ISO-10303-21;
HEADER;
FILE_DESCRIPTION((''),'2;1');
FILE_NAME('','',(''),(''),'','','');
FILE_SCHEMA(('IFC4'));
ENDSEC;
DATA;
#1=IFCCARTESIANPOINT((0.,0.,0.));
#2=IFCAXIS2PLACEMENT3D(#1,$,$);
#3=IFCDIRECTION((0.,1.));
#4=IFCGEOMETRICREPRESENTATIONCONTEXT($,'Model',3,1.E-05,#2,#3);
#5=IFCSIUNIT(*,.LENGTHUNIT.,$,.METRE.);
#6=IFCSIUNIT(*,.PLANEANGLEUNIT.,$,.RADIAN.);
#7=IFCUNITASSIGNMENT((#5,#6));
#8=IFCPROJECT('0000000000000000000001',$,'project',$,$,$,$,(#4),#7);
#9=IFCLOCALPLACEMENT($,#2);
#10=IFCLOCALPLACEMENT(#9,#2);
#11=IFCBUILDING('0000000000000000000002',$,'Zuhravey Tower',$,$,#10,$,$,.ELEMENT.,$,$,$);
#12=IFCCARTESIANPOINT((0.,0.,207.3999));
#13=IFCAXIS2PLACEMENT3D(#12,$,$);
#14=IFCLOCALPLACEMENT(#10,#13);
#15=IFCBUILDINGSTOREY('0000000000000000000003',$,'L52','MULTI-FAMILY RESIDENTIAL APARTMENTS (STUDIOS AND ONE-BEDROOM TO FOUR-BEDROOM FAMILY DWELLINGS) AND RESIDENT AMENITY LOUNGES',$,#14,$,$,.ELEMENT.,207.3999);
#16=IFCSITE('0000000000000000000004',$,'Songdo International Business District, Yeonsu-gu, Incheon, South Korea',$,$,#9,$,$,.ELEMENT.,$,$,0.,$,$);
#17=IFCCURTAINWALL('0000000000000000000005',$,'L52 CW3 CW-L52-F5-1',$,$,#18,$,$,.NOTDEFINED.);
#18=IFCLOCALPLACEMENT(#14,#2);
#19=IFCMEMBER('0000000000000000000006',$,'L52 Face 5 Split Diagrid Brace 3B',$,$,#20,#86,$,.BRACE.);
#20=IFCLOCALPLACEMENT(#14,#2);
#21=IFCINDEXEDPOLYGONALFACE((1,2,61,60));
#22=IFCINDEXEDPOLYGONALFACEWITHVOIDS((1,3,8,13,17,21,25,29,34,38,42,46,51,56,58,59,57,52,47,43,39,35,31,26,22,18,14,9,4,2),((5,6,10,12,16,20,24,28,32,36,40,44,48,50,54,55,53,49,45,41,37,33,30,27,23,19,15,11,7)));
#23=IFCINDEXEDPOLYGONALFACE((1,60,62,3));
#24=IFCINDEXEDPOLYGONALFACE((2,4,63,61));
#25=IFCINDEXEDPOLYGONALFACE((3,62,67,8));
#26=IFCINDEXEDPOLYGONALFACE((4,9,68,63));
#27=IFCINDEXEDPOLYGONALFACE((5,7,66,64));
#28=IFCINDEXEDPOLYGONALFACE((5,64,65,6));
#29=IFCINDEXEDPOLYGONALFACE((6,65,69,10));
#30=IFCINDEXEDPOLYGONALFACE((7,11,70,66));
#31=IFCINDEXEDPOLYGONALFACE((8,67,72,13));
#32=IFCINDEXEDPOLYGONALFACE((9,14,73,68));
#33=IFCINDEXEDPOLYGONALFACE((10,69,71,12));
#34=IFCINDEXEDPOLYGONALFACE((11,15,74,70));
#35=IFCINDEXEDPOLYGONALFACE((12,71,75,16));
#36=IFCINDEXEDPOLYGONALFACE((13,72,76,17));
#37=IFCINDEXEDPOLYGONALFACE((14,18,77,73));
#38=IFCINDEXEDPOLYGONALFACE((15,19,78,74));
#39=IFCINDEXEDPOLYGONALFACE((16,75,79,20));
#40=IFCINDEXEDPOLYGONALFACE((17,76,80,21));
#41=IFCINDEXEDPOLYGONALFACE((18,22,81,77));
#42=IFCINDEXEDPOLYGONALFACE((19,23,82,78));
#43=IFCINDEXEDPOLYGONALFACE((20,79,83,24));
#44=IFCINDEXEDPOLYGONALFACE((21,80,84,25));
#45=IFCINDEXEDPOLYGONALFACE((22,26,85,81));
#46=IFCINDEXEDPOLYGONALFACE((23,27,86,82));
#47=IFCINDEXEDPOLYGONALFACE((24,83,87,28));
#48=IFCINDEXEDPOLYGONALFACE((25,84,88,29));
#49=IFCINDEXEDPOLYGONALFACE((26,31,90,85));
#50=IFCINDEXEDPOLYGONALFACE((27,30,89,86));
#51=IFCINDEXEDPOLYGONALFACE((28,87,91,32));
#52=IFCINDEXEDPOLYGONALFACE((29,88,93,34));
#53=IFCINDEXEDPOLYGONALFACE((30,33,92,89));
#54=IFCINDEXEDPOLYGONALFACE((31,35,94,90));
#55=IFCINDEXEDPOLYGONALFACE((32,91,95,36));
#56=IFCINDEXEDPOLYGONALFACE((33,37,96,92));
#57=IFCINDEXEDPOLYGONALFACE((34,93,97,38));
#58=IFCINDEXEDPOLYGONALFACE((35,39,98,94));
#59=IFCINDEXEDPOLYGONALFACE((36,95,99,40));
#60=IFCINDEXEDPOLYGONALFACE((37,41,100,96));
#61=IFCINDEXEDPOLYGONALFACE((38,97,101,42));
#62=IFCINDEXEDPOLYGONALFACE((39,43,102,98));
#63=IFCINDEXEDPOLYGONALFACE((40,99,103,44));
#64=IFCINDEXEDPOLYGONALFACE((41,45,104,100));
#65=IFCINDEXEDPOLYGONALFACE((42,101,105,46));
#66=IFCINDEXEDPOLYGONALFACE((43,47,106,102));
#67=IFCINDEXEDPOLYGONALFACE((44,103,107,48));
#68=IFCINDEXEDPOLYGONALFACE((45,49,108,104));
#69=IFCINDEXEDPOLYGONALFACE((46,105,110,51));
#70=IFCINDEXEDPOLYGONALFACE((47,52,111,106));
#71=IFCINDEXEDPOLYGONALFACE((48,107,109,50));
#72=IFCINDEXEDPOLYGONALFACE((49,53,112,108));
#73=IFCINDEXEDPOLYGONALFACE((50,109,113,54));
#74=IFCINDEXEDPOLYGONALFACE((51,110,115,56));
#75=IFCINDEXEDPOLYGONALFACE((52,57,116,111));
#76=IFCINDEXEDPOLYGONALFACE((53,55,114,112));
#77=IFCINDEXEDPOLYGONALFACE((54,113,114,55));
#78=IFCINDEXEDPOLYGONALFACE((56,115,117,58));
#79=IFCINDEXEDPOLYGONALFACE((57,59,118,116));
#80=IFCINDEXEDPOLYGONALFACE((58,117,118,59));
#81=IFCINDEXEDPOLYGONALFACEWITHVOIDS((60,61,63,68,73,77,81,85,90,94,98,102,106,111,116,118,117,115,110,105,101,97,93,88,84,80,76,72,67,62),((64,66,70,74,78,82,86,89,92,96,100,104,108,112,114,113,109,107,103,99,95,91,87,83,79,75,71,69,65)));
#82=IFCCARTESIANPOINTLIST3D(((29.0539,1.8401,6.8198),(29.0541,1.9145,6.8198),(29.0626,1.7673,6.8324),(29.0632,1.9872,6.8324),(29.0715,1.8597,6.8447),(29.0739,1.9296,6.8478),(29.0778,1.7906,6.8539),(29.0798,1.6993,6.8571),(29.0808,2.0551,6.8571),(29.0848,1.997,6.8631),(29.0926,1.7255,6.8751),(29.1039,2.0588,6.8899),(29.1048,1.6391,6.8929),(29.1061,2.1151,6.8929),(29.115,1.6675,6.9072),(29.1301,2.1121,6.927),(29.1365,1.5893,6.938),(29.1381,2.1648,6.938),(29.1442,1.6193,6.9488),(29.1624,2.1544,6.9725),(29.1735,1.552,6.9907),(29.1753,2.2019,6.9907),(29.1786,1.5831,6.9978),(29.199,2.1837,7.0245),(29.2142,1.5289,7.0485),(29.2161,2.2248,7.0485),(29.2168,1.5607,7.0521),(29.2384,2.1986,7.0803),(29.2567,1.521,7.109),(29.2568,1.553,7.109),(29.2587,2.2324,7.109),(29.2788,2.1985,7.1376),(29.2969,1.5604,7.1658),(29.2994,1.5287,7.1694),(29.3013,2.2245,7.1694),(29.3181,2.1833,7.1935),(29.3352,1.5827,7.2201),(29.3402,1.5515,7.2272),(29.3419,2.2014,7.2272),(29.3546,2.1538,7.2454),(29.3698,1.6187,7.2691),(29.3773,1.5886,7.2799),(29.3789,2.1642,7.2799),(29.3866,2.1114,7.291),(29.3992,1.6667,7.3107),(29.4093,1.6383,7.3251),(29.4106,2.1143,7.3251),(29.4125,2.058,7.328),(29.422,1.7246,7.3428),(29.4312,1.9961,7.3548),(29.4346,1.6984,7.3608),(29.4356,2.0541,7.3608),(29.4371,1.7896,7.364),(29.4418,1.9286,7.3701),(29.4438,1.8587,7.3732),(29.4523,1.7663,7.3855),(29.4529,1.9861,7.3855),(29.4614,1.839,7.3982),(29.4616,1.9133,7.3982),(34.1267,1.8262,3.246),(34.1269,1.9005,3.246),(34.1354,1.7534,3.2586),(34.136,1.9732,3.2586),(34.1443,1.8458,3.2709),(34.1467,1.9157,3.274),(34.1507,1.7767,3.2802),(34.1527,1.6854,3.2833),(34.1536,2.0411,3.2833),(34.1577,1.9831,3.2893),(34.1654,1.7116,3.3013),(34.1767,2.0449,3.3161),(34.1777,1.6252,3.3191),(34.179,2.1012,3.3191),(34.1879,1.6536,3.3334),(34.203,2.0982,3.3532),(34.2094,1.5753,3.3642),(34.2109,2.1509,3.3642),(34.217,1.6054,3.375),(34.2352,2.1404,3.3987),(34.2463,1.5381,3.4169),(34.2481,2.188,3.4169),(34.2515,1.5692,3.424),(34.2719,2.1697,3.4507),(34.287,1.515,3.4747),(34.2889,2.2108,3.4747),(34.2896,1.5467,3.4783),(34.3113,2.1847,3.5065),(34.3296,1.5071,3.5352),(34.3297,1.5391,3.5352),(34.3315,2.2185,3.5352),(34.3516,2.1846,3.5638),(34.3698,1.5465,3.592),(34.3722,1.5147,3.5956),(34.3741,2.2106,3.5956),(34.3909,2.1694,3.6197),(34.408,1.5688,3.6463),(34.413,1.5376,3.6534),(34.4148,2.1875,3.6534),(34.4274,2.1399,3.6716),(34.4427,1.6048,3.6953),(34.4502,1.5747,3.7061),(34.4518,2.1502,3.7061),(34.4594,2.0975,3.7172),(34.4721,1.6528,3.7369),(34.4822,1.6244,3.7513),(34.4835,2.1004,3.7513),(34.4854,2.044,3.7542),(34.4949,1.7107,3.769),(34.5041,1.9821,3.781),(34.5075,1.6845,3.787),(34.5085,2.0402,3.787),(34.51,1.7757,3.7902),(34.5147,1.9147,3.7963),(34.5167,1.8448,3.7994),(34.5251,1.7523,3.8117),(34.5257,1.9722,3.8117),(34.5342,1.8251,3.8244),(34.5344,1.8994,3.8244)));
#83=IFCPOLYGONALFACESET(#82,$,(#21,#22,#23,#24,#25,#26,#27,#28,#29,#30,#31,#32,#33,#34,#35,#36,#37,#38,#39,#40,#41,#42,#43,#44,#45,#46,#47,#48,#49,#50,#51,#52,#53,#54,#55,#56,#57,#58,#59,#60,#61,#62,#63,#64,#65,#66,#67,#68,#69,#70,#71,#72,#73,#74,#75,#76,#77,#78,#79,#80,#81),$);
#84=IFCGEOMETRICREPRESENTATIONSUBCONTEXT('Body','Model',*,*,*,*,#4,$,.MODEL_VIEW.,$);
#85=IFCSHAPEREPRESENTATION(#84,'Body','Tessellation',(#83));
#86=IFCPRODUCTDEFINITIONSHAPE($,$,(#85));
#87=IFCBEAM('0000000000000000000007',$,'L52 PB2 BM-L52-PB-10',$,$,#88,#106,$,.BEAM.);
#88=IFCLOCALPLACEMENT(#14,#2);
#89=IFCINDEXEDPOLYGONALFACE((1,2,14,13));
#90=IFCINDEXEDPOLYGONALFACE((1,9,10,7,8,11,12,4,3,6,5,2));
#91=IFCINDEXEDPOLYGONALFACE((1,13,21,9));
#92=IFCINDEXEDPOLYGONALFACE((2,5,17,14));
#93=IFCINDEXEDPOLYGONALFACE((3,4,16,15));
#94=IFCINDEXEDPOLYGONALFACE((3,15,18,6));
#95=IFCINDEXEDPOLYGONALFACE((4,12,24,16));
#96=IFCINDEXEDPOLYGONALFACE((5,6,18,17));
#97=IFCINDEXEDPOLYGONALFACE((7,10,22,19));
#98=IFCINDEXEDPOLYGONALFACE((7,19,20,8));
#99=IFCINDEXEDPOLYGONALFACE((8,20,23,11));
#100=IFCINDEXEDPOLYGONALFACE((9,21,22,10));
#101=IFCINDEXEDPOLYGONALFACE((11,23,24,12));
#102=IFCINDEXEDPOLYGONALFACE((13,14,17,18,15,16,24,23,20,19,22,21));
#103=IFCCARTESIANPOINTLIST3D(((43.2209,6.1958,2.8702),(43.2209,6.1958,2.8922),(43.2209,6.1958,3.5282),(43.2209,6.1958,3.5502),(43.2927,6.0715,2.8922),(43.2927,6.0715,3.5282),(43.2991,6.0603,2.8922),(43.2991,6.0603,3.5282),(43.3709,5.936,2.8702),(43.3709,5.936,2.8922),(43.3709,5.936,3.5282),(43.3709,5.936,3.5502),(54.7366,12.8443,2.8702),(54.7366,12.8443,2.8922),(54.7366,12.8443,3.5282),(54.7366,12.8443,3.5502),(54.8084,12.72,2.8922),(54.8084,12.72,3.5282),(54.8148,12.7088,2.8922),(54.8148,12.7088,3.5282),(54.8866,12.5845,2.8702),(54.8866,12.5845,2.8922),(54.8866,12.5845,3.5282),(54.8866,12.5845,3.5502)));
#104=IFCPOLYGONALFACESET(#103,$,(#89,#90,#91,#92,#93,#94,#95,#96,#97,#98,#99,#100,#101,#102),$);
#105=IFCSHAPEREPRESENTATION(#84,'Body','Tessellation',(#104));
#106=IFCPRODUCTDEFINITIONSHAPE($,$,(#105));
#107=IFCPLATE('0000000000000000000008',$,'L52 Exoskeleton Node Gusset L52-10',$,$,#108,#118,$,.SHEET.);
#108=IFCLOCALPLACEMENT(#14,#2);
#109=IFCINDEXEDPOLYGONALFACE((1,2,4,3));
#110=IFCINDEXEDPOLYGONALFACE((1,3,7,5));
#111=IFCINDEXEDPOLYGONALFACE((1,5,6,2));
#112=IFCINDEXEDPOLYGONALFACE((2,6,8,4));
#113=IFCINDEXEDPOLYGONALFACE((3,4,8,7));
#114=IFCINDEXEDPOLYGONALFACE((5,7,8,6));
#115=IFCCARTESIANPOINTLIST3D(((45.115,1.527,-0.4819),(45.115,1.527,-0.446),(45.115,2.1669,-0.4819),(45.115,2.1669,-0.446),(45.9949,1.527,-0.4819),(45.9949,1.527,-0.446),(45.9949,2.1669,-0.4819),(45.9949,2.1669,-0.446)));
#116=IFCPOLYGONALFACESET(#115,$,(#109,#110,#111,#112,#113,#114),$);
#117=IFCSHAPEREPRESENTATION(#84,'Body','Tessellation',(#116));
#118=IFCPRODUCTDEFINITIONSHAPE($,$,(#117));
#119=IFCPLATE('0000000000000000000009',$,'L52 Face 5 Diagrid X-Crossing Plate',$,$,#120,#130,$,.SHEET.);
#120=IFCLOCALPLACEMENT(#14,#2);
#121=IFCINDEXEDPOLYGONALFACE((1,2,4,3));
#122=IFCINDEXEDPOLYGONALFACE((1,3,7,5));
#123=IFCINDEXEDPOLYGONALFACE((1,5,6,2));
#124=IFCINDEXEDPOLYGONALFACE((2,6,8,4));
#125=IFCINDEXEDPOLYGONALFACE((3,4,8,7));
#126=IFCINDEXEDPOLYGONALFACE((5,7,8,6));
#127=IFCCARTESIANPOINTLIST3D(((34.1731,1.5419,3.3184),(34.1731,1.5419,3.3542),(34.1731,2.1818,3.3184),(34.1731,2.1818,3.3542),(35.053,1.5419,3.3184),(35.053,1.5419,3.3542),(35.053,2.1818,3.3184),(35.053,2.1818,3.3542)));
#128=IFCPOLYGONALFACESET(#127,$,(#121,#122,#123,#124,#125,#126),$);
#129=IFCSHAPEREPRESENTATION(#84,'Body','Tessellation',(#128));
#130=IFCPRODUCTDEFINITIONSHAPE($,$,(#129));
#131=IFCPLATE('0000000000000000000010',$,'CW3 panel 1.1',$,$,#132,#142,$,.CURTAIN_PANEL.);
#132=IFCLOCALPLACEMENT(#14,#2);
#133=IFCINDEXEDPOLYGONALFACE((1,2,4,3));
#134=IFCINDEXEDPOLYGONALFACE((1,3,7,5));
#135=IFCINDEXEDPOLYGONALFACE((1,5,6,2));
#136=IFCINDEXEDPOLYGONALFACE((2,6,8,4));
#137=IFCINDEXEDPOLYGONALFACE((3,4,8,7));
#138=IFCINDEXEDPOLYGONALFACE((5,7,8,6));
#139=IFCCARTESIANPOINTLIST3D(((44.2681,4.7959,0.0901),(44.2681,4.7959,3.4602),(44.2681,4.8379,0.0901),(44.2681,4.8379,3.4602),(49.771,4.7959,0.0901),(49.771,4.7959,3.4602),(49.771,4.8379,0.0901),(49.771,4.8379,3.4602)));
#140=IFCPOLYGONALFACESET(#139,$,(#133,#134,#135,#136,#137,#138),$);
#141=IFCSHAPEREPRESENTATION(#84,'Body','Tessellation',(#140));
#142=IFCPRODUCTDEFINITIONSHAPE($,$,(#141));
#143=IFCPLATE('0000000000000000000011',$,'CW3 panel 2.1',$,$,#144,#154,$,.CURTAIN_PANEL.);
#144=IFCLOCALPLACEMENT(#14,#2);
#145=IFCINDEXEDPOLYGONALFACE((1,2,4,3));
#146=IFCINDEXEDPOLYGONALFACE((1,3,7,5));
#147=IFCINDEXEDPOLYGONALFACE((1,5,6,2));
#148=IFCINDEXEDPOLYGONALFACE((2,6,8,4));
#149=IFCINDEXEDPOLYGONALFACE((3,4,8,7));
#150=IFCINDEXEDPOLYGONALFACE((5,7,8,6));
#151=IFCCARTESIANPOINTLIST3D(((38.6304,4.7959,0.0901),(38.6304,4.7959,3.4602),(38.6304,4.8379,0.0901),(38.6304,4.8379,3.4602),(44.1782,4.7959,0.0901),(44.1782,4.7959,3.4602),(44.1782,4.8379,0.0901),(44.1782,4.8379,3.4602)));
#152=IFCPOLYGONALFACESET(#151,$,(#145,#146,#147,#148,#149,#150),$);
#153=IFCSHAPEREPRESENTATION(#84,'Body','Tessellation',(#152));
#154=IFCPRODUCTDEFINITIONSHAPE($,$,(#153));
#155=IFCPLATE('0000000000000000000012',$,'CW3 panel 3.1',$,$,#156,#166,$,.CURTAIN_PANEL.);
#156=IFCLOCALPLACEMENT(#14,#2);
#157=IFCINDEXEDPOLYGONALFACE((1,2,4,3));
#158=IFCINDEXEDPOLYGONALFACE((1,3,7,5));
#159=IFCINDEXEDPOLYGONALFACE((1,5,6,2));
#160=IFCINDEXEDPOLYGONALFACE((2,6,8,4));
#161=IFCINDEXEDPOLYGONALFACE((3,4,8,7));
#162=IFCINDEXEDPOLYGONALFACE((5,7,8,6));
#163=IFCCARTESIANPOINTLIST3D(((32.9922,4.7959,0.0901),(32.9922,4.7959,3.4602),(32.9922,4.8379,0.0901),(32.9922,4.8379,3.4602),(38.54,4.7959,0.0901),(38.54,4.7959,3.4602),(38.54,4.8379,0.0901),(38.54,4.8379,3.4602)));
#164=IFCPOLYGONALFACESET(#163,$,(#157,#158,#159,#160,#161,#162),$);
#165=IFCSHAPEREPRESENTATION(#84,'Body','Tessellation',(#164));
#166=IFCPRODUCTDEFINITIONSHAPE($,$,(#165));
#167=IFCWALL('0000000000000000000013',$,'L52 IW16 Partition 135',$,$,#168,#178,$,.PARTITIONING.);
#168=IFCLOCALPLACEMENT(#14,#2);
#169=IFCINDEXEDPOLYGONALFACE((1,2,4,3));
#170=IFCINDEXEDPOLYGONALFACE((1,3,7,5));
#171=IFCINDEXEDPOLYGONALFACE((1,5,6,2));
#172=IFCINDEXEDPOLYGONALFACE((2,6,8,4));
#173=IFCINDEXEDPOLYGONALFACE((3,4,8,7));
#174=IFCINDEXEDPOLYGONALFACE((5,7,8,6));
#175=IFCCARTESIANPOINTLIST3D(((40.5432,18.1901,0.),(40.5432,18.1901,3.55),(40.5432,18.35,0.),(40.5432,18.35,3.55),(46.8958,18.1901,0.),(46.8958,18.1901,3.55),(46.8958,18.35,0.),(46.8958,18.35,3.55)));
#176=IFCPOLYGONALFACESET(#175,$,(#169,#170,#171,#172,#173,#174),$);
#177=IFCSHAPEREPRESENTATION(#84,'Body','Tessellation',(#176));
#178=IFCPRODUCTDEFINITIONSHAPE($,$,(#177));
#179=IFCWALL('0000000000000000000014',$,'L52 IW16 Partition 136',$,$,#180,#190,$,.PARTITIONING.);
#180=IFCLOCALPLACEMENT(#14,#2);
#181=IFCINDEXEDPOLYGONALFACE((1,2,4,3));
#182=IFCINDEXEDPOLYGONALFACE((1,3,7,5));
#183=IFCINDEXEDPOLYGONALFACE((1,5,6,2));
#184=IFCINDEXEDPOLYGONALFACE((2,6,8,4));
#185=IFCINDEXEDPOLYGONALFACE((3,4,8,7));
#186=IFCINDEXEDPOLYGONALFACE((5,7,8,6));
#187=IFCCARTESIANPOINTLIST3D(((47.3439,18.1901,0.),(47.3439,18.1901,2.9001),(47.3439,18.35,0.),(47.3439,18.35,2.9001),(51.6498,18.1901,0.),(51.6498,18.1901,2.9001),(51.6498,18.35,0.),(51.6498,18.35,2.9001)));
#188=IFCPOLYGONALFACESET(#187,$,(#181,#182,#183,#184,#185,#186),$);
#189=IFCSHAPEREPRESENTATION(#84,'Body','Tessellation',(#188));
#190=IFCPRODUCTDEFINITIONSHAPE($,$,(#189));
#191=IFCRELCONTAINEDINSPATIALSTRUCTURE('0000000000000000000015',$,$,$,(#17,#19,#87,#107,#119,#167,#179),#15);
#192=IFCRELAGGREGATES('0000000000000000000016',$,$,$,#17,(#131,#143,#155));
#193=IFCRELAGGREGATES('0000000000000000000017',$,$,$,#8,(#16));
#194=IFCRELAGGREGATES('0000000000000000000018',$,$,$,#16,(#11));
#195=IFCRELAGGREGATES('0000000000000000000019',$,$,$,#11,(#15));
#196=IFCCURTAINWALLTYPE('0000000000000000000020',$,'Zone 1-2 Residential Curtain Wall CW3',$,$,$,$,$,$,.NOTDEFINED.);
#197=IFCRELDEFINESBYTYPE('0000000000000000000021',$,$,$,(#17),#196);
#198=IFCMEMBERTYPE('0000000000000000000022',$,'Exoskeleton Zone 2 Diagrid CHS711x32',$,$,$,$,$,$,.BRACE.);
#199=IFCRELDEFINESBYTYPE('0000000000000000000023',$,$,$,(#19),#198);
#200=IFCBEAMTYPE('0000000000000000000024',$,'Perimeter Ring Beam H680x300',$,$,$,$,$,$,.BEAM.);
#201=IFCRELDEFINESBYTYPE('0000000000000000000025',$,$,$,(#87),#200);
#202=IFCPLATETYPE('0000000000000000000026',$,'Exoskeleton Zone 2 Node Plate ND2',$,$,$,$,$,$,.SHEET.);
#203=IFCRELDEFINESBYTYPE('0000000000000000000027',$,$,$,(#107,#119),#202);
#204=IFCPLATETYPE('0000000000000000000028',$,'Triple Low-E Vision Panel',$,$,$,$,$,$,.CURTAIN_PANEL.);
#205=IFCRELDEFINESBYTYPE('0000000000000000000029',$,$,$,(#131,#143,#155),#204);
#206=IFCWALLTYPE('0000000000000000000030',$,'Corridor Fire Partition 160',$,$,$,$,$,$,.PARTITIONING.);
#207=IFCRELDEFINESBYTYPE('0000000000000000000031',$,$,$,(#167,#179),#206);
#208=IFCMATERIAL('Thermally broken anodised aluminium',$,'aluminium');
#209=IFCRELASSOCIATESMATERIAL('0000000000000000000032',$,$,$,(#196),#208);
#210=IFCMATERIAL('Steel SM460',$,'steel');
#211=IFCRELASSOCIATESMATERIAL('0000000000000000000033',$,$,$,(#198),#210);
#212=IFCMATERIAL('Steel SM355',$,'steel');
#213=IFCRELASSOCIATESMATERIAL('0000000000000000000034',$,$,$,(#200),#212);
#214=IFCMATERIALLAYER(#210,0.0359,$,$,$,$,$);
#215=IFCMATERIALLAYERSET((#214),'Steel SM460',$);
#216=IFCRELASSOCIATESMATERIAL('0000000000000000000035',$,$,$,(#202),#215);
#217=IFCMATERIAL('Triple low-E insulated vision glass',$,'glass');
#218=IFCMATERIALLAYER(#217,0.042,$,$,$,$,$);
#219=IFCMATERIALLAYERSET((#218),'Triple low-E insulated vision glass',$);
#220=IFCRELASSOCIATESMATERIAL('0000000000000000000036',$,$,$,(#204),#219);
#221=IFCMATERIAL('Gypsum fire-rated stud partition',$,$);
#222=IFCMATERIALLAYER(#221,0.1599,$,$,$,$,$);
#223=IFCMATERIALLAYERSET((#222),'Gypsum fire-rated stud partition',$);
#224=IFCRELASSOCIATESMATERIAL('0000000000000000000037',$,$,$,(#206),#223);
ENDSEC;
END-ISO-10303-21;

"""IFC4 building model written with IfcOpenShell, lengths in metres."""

from ifc_helpers import new_model, si_unit, direction, frame, frame_2d, origin, origin_2d, place, context, subcontext, project, spatial, rectangle, hollow_circle, i_section, extrude, material, layer, layer_set, material_profile, profile_set, type_object, element, aggregate, save


model = new_model("IFC4")

# Units and contexts
model_context = context("Model", 3, precision=1e-05, world=origin(), true_north=direction((0.0, 1.0)))
body_context = subcontext(model_context, "Body", "Model", "MODEL_VIEW")
ifc_project = project(units=[si_unit("LENGTHUNIT", "METRE"), si_unit("PLANEANGLEUNIT", "RADIAN")], contexts=[model_context])

# Site, building, storey
site_placement = place(None, origin())
site = spatial("IfcSite", under=ifc_project, at=site_placement, Name="Songdo International Business District, Yeonsu-gu, Incheon, South Korea", CompositionType="ELEMENT", RefElevation=0.0)
building_placement = place(site_placement, origin())
building = spatial("IfcBuilding", under=site, at=building_placement, Name="Zuhravey Tower", CompositionType="ELEMENT")
storey_placement = place(building_placement, frame((0.0, 0.0, 207.3999)))
storey = spatial("IfcBuildingStorey", under=building, at=storey_placement, Name="L52", Description="MULTI-FAMILY RESIDENTIAL APARTMENTS (STUDIOS AND ONE-BEDROOM TO FOUR-BEDROOM FAMILY DWELLINGS) AND RESIDENT AMENITY LOUNGES", CompositionType="ELEMENT", Elevation=207.3999)

# Curtain wall
ifc_material_1 = material(Name="Thermally broken anodised aluminium", Category="aluminium")
curtain_wall_type = type_object("IfcCurtainWallType", Name="Zone 1-2 Residential Curtain Wall CW3", PredefinedType="NOTDEFINED", material=ifc_material_1)
curtain_wall_placement = place(storey_placement, origin())
curtain_wall = element("IfcCurtainWall", 1, at=curtain_wall_placement, inside=storey, type_object=curtain_wall_type, Name="L52 CW3 CW-L52-F5-1", PredefinedType="NOTDEFINED")

# Member
ifc_material_2 = material(Name="Steel SM460", Category="steel")
ifc_material_profile_1 = material_profile(ifc_material_2, hollow_circle(Radius=0.3557, WallThickness=0.032, at=origin_2d()), Name="CHS-711.2x32")
ifc_profile_set_1 = profile_set([ifc_material_profile_1], Name="Steel SM460")
member_type_1 = type_object("IfcMemberType", Name="Exoskeleton Zone 2 Diagrid CHS711x32", PredefinedType="BRACE", material=ifc_profile_set_1)
member_1_placement = place(storey_placement, frame((34.3306, 1.8628, 3.5352), z_axis=(-0.8175, 0.002243, 0.575925), x_axis=(-0.002743, -0.999996, 0.0)))
element("IfcMember", 2, at=member_1_placement, inside=storey, type_object=member_type_1, Name="L52 Face 5 Split Diagrid Brace 3B", PredefinedType="BRACE", context=body_context, shape_type="SweptSolid", body=[
    extrude(hollow_circle(Radius=0.3557, WallThickness=0.032, at=origin_2d()), origin(), (0.0, 0.0, 1.0), 6.2053),
])

# Beam
ifc_material_3 = material(Name="Steel SM355", Category="steel")
ifc_material_profile_2 = material_profile(ifc_material_3, i_section(OverallWidth=0.3, OverallDepth=0.6799, WebThickness=0.0129, FlangeThickness=0.022, at=origin_2d()), Name="H-680x300x13x22")
ifc_profile_set_2 = profile_set([ifc_material_profile_2], Name="Steel SM355")
beam_type = type_object("IfcBeamType", Name="Perimeter Ring Beam H680x300", PredefinedType="BEAM", material=ifc_profile_set_2)
beam_placement = place(storey_placement, frame((43.2959, 6.0659, 3.2102), z_axis=(0.866029, 0.499994, 0.0), x_axis=(-0.499994, 0.866029, 0.0)))
element("IfcBeam", 3, at=beam_placement, inside=storey, type_object=beam_type, Name="L52 PB2 BM-L52-PB-10", PredefinedType="BEAM", context=body_context, shape_type="SweptSolid", body=[
    extrude(i_section(OverallWidth=0.3, OverallDepth=0.6799, WebThickness=0.0129, FlangeThickness=0.022, at=origin_2d()), origin(), (0.0, 0.0, 1.0), 13.2971),
])

# Plates
ifc_layer_1 = layer(ifc_material_2, 0.0359)
ifc_layer_set_1 = layer_set([ifc_layer_1], Name="Steel SM460")
plate_type_1 = type_object("IfcPlateType", Name="Exoskeleton Zone 2 Node Plate ND2", PredefinedType="SHEET", material=ifc_layer_set_1)
for number, where, z_axis, x_axis, name in (
    (4, (45.5549, 1.8469, -0.4819), (0.0, 0.0, 1.0), (1.0, 0.0, 0.0), "L52 Exoskeleton Node Gusset L52-10"),
    (5, (34.613, 1.8618, 3.3184), (0.0, 0.0, 1.0), (1.0, 0.0, 0.0), "L52 Face 5 Diagrid X-Crossing Plate"),
):
    element("IfcPlate", number, at=place(storey_placement, frame(where, z_axis=z_axis, x_axis=x_axis)), inside=storey, type_object=plate_type_1, Name=name, PredefinedType="SHEET", context=body_context, shape_type="SweptSolid", body=[
        extrude(rectangle(XDim=0.8799, YDim=0.6399, at=origin_2d()), origin(), (0.0, 0.0, 1.0), 0.0359),
    ])

# Plates
ifc_material_4 = material(Name="Triple low-E insulated vision glass", Category="glass")
ifc_layer_2 = layer(ifc_material_4, 0.042)
ifc_layer_set_2 = layer_set([ifc_layer_2], Name="Triple low-E insulated vision glass")
plate_type_2 = type_object("IfcPlateType", Name="Triple Low-E Vision Panel", PredefinedType="CURTAIN_PANEL", material=ifc_layer_set_2)
plate_1_placement = place(storey_placement, frame((47.0195, 4.8169, 0.0901), z_axis=(0.0, 0.0, 1.0), x_axis=(-1.0, 0.0, 0.0)))
plate_1 = element("IfcPlate", 6, at=plate_1_placement, type_object=plate_type_2, Name="CW3 panel 1.1", PredefinedType="CURTAIN_PANEL", context=body_context, shape_type="SweptSolid", body=[
    extrude(rectangle(XDim=5.5029, YDim=0.042, at=origin_2d()), origin(), (0.0, 0.0, 1.0), 3.3701),
])
plate_2_placement = place(storey_placement, frame((41.4043, 4.8169, 0.0901), z_axis=(0.0, 0.0, 1.0), x_axis=(-1.0, 0.0, 0.0)))
plate_2 = element("IfcPlate", 7, at=plate_2_placement, type_object=plate_type_2, Name="CW3 panel 2.1", PredefinedType="CURTAIN_PANEL", context=body_context, shape_type="SweptSolid", body=[
    extrude(rectangle(XDim=5.5479, YDim=0.042, at=origin_2d()), origin(), (0.0, 0.0, 1.0), 3.3701),
])
plate_3_placement = place(storey_placement, frame((35.7661, 4.8169, 0.0901), z_axis=(0.0, 0.0, 1.0), x_axis=(-1.0, 0.0, 0.0)))
plate_3 = element("IfcPlate", 8, at=plate_3_placement, type_object=plate_type_2, Name="CW3 panel 3.1", PredefinedType="CURTAIN_PANEL", context=body_context, shape_type="SweptSolid", body=[
    extrude(rectangle(XDim=5.5479, YDim=0.042, at=origin_2d()), origin(), (0.0, 0.0, 1.0), 3.3701),
])
aggregate(curtain_wall, [plate_1, plate_2, plate_3])

# Shared definitions
ifc_material_5 = material(Name="Gypsum fire-rated stud partition")
ifc_layer_3 = layer(ifc_material_5, 0.1599)
ifc_layer_set_3 = layer_set([ifc_layer_3], Name="Gypsum fire-rated stud partition")
wall_type_1 = type_object("IfcWallType", Name="Corridor Fire Partition 160", PredefinedType="PARTITIONING", material=ifc_layer_set_3)

# Walls
wall_1_placement = place(storey_placement, frame((40.5432, 18.27, 0.0), z_axis=(0.0, 0.0, 1.0), x_axis=(1.0, 0.0, 0.0)))
element("IfcWall", 9, at=wall_1_placement, inside=storey, type_object=wall_type_1, Name="L52 IW16 Partition 135", PredefinedType="PARTITIONING", context=body_context, shape_type="SweptSolid", body=[
    extrude(rectangle(XDim=6.3525, YDim=0.1599, at=frame_2d((3.1763, 0.0))), origin(), (0.0, 0.0, 1.0), 3.55),
])
wall_2_placement = place(storey_placement, frame((47.344, 18.27, 0.0), z_axis=(0.0, 0.0, 1.0), x_axis=(1.0, 0.0, 0.0)))
element("IfcWall", 10, at=wall_2_placement, inside=storey, type_object=wall_type_1, Name="L52 IW16 Partition 136", PredefinedType="PARTITIONING", context=body_context, shape_type="SweptSolid", body=[
    extrude(rectangle(XDim=4.3059, YDim=0.1599, at=frame_2d((2.1528, 0.0))), origin(), (0.0, 0.0, 1.0), 2.9001),
])

save(model, "model.ifc")
